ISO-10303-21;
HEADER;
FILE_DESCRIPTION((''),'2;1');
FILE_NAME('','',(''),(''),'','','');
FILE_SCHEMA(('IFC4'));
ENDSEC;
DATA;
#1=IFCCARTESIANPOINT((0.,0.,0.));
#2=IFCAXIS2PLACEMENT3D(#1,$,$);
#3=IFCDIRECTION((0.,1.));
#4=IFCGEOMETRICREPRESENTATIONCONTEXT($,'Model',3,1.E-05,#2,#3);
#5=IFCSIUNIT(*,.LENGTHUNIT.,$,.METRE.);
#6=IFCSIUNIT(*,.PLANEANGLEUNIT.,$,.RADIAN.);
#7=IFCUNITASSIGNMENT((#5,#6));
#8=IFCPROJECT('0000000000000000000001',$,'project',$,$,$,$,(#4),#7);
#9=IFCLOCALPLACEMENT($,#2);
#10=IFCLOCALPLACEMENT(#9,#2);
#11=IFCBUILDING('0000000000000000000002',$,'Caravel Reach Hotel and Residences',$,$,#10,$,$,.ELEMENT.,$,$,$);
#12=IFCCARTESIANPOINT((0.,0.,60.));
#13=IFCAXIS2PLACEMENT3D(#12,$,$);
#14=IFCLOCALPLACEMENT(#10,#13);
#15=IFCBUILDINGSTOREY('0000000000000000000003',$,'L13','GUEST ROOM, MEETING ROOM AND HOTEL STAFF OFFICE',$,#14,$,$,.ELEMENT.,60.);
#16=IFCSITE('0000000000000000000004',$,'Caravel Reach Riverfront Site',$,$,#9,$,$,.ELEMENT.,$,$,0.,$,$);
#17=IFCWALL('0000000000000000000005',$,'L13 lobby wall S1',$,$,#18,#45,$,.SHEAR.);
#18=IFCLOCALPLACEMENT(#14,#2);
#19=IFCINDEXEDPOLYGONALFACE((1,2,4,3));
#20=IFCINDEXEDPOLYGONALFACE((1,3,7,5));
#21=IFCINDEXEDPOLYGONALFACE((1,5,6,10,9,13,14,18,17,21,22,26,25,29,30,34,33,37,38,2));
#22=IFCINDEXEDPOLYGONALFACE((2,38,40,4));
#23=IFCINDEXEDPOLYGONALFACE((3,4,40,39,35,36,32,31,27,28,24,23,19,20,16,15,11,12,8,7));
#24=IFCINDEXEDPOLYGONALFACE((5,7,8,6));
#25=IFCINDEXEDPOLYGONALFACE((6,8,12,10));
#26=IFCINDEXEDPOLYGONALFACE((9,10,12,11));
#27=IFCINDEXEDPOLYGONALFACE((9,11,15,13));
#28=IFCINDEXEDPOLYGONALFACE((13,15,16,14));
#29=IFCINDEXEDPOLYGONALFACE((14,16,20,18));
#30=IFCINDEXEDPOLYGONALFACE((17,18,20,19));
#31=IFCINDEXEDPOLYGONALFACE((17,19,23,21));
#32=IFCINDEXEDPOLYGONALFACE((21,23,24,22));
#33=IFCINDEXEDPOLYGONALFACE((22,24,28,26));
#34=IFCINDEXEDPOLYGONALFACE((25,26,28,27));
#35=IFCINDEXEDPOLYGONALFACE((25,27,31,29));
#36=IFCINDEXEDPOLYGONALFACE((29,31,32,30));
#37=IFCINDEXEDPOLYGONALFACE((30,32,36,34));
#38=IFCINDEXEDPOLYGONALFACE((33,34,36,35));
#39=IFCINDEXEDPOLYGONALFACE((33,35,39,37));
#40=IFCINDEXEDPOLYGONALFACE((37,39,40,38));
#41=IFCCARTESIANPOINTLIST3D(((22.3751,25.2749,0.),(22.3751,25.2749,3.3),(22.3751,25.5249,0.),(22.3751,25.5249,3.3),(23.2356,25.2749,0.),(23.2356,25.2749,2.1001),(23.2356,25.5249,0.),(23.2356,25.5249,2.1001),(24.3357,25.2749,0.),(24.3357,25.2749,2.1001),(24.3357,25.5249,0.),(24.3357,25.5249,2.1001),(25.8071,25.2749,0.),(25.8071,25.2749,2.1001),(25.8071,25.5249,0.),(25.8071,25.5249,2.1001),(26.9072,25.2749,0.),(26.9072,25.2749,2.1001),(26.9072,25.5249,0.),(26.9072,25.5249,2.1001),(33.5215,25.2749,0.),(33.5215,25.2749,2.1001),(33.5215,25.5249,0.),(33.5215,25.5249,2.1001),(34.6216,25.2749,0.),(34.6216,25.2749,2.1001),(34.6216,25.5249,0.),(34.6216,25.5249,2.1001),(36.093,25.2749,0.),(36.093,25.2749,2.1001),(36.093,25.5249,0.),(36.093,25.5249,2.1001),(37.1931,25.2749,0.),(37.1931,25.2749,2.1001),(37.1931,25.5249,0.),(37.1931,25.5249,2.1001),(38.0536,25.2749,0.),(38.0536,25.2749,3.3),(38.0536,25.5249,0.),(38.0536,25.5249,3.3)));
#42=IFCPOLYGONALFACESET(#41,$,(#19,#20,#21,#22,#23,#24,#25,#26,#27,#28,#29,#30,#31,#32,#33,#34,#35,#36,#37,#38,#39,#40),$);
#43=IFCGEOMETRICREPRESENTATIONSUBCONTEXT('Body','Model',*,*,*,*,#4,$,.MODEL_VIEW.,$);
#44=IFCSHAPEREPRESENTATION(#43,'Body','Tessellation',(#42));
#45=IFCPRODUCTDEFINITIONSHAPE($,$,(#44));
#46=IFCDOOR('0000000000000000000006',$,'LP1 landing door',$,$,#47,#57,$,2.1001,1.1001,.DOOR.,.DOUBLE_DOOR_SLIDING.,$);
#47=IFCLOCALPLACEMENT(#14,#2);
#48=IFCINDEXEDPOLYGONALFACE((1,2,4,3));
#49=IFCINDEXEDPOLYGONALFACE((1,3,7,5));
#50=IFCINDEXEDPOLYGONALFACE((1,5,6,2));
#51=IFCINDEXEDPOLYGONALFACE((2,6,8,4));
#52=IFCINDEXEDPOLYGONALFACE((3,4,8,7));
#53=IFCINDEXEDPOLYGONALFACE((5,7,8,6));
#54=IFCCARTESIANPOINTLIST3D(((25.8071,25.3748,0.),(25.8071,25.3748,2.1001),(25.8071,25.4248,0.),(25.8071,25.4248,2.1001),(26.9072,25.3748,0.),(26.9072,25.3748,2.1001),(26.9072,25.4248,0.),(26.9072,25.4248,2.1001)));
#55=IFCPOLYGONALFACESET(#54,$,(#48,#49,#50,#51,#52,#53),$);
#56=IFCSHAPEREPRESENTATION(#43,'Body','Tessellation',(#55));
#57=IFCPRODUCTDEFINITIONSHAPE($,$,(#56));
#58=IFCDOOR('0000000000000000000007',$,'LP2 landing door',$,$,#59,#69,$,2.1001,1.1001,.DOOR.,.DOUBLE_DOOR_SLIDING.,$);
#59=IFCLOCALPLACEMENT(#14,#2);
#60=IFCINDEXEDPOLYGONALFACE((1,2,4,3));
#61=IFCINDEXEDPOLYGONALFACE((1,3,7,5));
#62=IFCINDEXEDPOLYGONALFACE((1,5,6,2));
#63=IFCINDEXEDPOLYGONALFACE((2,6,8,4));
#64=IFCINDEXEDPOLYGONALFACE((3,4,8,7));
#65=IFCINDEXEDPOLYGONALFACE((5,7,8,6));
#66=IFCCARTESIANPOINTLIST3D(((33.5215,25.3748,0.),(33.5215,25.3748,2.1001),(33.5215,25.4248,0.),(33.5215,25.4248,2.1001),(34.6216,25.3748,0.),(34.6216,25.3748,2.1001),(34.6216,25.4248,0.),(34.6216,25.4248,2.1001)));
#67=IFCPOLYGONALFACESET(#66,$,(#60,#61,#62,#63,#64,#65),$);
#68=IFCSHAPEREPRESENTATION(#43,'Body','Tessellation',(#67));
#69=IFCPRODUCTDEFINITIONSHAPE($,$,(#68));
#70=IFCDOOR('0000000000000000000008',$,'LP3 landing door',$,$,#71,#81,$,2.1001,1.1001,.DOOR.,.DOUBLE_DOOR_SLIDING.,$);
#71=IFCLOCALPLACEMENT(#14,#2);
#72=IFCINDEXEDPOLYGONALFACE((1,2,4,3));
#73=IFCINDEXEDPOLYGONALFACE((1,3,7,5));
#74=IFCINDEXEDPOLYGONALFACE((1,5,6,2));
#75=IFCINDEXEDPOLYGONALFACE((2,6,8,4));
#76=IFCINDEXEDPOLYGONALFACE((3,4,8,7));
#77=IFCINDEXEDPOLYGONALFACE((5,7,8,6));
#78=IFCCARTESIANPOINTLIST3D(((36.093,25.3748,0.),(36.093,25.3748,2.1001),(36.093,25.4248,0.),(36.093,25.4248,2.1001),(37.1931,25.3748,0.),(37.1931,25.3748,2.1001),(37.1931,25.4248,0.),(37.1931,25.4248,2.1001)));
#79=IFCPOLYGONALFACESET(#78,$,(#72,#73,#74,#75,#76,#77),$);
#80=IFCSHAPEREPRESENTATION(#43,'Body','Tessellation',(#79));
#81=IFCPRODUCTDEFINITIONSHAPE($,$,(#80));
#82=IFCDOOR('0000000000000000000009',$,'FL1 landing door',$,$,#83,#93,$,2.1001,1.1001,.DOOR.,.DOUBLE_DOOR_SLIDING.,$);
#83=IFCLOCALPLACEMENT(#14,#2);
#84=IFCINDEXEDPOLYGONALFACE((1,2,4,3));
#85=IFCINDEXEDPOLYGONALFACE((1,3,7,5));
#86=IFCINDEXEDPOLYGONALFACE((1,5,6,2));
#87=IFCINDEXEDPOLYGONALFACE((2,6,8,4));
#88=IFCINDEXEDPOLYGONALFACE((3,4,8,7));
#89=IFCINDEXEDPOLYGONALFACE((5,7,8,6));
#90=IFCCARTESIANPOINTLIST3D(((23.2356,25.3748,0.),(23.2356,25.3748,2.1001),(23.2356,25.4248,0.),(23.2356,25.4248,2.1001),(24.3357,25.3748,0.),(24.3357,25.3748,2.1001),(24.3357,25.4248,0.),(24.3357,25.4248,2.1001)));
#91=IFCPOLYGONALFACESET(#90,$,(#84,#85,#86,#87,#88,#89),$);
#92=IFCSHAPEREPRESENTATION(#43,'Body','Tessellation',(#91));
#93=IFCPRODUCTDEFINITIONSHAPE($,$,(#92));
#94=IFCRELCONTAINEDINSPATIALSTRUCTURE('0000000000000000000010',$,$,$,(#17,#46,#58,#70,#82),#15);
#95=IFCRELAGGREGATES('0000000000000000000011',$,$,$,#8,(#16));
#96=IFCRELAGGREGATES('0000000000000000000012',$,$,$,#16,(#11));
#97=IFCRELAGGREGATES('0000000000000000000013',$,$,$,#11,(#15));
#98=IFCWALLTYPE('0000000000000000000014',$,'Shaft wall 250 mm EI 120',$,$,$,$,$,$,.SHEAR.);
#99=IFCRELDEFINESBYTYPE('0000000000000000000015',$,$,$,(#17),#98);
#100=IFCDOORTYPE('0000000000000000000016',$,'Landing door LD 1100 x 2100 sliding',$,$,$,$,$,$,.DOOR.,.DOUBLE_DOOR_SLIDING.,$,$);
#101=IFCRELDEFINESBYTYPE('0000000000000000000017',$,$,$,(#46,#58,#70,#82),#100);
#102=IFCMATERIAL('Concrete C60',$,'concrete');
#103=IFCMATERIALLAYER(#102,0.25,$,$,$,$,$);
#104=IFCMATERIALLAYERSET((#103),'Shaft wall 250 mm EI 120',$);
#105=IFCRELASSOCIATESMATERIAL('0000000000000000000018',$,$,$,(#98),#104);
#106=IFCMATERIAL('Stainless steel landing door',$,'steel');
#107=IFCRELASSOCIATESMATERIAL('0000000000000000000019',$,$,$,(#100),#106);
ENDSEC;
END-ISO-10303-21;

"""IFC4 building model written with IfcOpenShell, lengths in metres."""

from ifc_helpers import new_model, si_unit, direction, frame, frame_2d, origin, place, context, subcontext, project, spatial, rectangle, extrude, material, layer, layer_set, type_object, element, fill, save


model = new_model("IFC4")

# Units and contexts
model_context = context("Model", 3, precision=1e-05, world=origin(), true_north=direction((0.0, 1.0)))
body_context = subcontext(model_context, "Body", "Model", "MODEL_VIEW")
ifc_project = project(units=[si_unit("LENGTHUNIT", "METRE"), si_unit("PLANEANGLEUNIT", "RADIAN")], contexts=[model_context])

# Site, building, storey
site_placement = place(None, origin())
site = spatial("IfcSite", under=ifc_project, at=site_placement, Name="Caravel Reach Riverfront Site", CompositionType="ELEMENT", RefElevation=0.0)
building_placement = place(site_placement, origin())
building = spatial("IfcBuilding", under=site, at=building_placement, Name="Caravel Reach Hotel and Residences", CompositionType="ELEMENT")
storey_placement = place(building_placement, frame((0.0, 0.0, 60.0)))
storey = spatial("IfcBuildingStorey", under=building, at=storey_placement, Name="L13", Description="GUEST ROOM, MEETING ROOM AND HOTEL STAFF OFFICE", CompositionType="ELEMENT", Elevation=60.0)

# Wall, openings, doors
ifc_material_1 = material(Name="Concrete C60", Category="concrete")
ifc_layer_1 = layer(ifc_material_1, 0.25)
ifc_layer_set_1 = layer_set([ifc_layer_1], Name="Shaft wall 250 mm EI 120")
wall_type_1 = type_object("IfcWallType", Name="Shaft wall 250 mm EI 120", PredefinedType="SHEAR", material=ifc_layer_set_1)
wall_1_placement = place(storey_placement, frame((22.375, 25.3999, 0.0), z_axis=(0.0, 0.0, 1.0), x_axis=(1.0, 0.0, 0.0)))
wall_1 = element("IfcWall", 1, at=wall_1_placement, inside=storey, type_object=wall_type_1, Name="L13 lobby wall S1", PredefinedType="SHEAR", context=body_context, shape_type="SweptSolid", body=[
    extrude(rectangle(XDim=15.6785, YDim=0.25, at=frame_2d((7.8394, 0.0))), origin(), (0.0, 0.0, 1.0), 3.3),
])
opening_1_placement = place(wall_1_placement, frame((3.4321, 0.0, 0.0)))
opening_1 = element("IfcOpeningElement", 2, at=opening_1_placement, cuts=wall_1, PredefinedType="OPENING", context=body_context, shape_type="SweptSolid", body=[
    extrude(rectangle(XDim=1.1001, YDim=2.1001, at=frame_2d((0.55, 1.05))), frame((0.0, 0.135, 0.0), z_axis=(0.0, -1.0, 0.0), x_axis=(1.0, 0.0, 0.0)), (0.0, 0.0, 1.0), 0.27),
])
opening_2_placement = place(wall_1_placement, frame((11.1465, 0.0, 0.0)))
opening_2 = element("IfcOpeningElement", 3, at=opening_2_placement, cuts=wall_1, PredefinedType="OPENING", context=body_context, shape_type="SweptSolid", body=[
    extrude(rectangle(XDim=1.1001, YDim=2.1001, at=frame_2d((0.55, 1.05))), frame((0.0, 0.135, 0.0), z_axis=(0.0, -1.0, 0.0), x_axis=(1.0, 0.0, 0.0)), (0.0, 0.0, 1.0), 0.27),
])
opening_3_placement = place(wall_1_placement, frame((13.718, 0.0, 0.0)))
opening_3 = element("IfcOpeningElement", 4, at=opening_3_placement, cuts=wall_1, PredefinedType="OPENING", context=body_context, shape_type="SweptSolid", body=[
    extrude(rectangle(XDim=1.1001, YDim=2.1001, at=frame_2d((0.55, 1.05))), frame((0.0, 0.135, 0.0), z_axis=(0.0, -1.0, 0.0), x_axis=(1.0, 0.0, 0.0)), (0.0, 0.0, 1.0), 0.27),
])
opening_4_placement = place(wall_1_placement, frame((0.8606, 0.0, 0.0)))
opening_4 = element("IfcOpeningElement", 5, at=opening_4_placement, cuts=wall_1, PredefinedType="OPENING", context=body_context, shape_type="SweptSolid", body=[
    extrude(rectangle(XDim=1.1001, YDim=2.1001, at=frame_2d((0.55, 1.05))), frame((0.0, 0.135, 0.0), z_axis=(0.0, -1.0, 0.0), x_axis=(1.0, 0.0, 0.0)), (0.0, 0.0, 1.0), 0.27),
])
ifc_material_2 = material(Name="Stainless steel landing door", Category="steel")
door_type_1 = type_object("IfcDoorType", Name="Landing door LD 1100 x 2100 sliding", OperationType="DOUBLE_DOOR_SLIDING", PredefinedType="DOOR", material=ifc_material_2)
door_1_placement = place(opening_1_placement, origin())
door_1 = element("IfcDoor", 6, at=door_1_placement, inside=storey, type_object=door_type_1, Name="LP1 landing door", OperationType="DOUBLE_DOOR_SLIDING", OverallHeight=2.1001, OverallWidth=1.1001, PredefinedType="DOOR", context=body_context, shape_type="SweptSolid", body=[
    extrude(rectangle(XDim=1.1001, YDim=2.1001, at=frame_2d((0.55, 1.05))), frame((0.0, 0.0249, 0.0), z_axis=(0.0, -1.0, 0.0), x_axis=(1.0, 0.0, 0.0)), (0.0, 0.0, 1.0), 0.05),
])
fill(opening_1, door_1)
door_2_placement = place(opening_2_placement, origin())
door_2 = element("IfcDoor", 7, at=door_2_placement, inside=storey, type_object=door_type_1, Name="LP2 landing door", OperationType="DOUBLE_DOOR_SLIDING", OverallHeight=2.1001, OverallWidth=1.1001, PredefinedType="DOOR", context=body_context, shape_type="SweptSolid", body=[
    extrude(rectangle(XDim=1.1001, YDim=2.1001, at=frame_2d((0.55, 1.05))), frame((0.0, 0.0249, 0.0), z_axis=(0.0, -1.0, 0.0), x_axis=(1.0, 0.0, 0.0)), (0.0, 0.0, 1.0), 0.05),
])
fill(opening_2, door_2)
door_3_placement = place(opening_3_placement, origin())
door_3 = element("IfcDoor", 8, at=door_3_placement, inside=storey, type_object=door_type_1, Name="LP3 landing door", OperationType="DOUBLE_DOOR_SLIDING", OverallHeight=2.1001, OverallWidth=1.1001, PredefinedType="DOOR", context=body_context, shape_type="SweptSolid", body=[
    extrude(rectangle(XDim=1.1001, YDim=2.1001, at=frame_2d((0.55, 1.05))), frame((0.0, 0.0249, 0.0), z_axis=(0.0, -1.0, 0.0), x_axis=(1.0, 0.0, 0.0)), (0.0, 0.0, 1.0), 0.05),
])
fill(opening_3, door_3)
door_4_placement = place(opening_4_placement, origin())
door_4 = element("IfcDoor", 9, at=door_4_placement, inside=storey, type_object=door_type_1, Name="FL1 landing door", OperationType="DOUBLE_DOOR_SLIDING", OverallHeight=2.1001, OverallWidth=1.1001, PredefinedType="DOOR", context=body_context, shape_type="SweptSolid", body=[
    extrude(rectangle(XDim=1.1001, YDim=2.1001, at=frame_2d((0.55, 1.05))), frame((0.0, 0.0249, 0.0), z_axis=(0.0, -1.0, 0.0), x_axis=(1.0, 0.0, 0.0)), (0.0, 0.0, 1.0), 0.05),
])
fill(opening_4, door_4)

save(model, "model.ifc")
